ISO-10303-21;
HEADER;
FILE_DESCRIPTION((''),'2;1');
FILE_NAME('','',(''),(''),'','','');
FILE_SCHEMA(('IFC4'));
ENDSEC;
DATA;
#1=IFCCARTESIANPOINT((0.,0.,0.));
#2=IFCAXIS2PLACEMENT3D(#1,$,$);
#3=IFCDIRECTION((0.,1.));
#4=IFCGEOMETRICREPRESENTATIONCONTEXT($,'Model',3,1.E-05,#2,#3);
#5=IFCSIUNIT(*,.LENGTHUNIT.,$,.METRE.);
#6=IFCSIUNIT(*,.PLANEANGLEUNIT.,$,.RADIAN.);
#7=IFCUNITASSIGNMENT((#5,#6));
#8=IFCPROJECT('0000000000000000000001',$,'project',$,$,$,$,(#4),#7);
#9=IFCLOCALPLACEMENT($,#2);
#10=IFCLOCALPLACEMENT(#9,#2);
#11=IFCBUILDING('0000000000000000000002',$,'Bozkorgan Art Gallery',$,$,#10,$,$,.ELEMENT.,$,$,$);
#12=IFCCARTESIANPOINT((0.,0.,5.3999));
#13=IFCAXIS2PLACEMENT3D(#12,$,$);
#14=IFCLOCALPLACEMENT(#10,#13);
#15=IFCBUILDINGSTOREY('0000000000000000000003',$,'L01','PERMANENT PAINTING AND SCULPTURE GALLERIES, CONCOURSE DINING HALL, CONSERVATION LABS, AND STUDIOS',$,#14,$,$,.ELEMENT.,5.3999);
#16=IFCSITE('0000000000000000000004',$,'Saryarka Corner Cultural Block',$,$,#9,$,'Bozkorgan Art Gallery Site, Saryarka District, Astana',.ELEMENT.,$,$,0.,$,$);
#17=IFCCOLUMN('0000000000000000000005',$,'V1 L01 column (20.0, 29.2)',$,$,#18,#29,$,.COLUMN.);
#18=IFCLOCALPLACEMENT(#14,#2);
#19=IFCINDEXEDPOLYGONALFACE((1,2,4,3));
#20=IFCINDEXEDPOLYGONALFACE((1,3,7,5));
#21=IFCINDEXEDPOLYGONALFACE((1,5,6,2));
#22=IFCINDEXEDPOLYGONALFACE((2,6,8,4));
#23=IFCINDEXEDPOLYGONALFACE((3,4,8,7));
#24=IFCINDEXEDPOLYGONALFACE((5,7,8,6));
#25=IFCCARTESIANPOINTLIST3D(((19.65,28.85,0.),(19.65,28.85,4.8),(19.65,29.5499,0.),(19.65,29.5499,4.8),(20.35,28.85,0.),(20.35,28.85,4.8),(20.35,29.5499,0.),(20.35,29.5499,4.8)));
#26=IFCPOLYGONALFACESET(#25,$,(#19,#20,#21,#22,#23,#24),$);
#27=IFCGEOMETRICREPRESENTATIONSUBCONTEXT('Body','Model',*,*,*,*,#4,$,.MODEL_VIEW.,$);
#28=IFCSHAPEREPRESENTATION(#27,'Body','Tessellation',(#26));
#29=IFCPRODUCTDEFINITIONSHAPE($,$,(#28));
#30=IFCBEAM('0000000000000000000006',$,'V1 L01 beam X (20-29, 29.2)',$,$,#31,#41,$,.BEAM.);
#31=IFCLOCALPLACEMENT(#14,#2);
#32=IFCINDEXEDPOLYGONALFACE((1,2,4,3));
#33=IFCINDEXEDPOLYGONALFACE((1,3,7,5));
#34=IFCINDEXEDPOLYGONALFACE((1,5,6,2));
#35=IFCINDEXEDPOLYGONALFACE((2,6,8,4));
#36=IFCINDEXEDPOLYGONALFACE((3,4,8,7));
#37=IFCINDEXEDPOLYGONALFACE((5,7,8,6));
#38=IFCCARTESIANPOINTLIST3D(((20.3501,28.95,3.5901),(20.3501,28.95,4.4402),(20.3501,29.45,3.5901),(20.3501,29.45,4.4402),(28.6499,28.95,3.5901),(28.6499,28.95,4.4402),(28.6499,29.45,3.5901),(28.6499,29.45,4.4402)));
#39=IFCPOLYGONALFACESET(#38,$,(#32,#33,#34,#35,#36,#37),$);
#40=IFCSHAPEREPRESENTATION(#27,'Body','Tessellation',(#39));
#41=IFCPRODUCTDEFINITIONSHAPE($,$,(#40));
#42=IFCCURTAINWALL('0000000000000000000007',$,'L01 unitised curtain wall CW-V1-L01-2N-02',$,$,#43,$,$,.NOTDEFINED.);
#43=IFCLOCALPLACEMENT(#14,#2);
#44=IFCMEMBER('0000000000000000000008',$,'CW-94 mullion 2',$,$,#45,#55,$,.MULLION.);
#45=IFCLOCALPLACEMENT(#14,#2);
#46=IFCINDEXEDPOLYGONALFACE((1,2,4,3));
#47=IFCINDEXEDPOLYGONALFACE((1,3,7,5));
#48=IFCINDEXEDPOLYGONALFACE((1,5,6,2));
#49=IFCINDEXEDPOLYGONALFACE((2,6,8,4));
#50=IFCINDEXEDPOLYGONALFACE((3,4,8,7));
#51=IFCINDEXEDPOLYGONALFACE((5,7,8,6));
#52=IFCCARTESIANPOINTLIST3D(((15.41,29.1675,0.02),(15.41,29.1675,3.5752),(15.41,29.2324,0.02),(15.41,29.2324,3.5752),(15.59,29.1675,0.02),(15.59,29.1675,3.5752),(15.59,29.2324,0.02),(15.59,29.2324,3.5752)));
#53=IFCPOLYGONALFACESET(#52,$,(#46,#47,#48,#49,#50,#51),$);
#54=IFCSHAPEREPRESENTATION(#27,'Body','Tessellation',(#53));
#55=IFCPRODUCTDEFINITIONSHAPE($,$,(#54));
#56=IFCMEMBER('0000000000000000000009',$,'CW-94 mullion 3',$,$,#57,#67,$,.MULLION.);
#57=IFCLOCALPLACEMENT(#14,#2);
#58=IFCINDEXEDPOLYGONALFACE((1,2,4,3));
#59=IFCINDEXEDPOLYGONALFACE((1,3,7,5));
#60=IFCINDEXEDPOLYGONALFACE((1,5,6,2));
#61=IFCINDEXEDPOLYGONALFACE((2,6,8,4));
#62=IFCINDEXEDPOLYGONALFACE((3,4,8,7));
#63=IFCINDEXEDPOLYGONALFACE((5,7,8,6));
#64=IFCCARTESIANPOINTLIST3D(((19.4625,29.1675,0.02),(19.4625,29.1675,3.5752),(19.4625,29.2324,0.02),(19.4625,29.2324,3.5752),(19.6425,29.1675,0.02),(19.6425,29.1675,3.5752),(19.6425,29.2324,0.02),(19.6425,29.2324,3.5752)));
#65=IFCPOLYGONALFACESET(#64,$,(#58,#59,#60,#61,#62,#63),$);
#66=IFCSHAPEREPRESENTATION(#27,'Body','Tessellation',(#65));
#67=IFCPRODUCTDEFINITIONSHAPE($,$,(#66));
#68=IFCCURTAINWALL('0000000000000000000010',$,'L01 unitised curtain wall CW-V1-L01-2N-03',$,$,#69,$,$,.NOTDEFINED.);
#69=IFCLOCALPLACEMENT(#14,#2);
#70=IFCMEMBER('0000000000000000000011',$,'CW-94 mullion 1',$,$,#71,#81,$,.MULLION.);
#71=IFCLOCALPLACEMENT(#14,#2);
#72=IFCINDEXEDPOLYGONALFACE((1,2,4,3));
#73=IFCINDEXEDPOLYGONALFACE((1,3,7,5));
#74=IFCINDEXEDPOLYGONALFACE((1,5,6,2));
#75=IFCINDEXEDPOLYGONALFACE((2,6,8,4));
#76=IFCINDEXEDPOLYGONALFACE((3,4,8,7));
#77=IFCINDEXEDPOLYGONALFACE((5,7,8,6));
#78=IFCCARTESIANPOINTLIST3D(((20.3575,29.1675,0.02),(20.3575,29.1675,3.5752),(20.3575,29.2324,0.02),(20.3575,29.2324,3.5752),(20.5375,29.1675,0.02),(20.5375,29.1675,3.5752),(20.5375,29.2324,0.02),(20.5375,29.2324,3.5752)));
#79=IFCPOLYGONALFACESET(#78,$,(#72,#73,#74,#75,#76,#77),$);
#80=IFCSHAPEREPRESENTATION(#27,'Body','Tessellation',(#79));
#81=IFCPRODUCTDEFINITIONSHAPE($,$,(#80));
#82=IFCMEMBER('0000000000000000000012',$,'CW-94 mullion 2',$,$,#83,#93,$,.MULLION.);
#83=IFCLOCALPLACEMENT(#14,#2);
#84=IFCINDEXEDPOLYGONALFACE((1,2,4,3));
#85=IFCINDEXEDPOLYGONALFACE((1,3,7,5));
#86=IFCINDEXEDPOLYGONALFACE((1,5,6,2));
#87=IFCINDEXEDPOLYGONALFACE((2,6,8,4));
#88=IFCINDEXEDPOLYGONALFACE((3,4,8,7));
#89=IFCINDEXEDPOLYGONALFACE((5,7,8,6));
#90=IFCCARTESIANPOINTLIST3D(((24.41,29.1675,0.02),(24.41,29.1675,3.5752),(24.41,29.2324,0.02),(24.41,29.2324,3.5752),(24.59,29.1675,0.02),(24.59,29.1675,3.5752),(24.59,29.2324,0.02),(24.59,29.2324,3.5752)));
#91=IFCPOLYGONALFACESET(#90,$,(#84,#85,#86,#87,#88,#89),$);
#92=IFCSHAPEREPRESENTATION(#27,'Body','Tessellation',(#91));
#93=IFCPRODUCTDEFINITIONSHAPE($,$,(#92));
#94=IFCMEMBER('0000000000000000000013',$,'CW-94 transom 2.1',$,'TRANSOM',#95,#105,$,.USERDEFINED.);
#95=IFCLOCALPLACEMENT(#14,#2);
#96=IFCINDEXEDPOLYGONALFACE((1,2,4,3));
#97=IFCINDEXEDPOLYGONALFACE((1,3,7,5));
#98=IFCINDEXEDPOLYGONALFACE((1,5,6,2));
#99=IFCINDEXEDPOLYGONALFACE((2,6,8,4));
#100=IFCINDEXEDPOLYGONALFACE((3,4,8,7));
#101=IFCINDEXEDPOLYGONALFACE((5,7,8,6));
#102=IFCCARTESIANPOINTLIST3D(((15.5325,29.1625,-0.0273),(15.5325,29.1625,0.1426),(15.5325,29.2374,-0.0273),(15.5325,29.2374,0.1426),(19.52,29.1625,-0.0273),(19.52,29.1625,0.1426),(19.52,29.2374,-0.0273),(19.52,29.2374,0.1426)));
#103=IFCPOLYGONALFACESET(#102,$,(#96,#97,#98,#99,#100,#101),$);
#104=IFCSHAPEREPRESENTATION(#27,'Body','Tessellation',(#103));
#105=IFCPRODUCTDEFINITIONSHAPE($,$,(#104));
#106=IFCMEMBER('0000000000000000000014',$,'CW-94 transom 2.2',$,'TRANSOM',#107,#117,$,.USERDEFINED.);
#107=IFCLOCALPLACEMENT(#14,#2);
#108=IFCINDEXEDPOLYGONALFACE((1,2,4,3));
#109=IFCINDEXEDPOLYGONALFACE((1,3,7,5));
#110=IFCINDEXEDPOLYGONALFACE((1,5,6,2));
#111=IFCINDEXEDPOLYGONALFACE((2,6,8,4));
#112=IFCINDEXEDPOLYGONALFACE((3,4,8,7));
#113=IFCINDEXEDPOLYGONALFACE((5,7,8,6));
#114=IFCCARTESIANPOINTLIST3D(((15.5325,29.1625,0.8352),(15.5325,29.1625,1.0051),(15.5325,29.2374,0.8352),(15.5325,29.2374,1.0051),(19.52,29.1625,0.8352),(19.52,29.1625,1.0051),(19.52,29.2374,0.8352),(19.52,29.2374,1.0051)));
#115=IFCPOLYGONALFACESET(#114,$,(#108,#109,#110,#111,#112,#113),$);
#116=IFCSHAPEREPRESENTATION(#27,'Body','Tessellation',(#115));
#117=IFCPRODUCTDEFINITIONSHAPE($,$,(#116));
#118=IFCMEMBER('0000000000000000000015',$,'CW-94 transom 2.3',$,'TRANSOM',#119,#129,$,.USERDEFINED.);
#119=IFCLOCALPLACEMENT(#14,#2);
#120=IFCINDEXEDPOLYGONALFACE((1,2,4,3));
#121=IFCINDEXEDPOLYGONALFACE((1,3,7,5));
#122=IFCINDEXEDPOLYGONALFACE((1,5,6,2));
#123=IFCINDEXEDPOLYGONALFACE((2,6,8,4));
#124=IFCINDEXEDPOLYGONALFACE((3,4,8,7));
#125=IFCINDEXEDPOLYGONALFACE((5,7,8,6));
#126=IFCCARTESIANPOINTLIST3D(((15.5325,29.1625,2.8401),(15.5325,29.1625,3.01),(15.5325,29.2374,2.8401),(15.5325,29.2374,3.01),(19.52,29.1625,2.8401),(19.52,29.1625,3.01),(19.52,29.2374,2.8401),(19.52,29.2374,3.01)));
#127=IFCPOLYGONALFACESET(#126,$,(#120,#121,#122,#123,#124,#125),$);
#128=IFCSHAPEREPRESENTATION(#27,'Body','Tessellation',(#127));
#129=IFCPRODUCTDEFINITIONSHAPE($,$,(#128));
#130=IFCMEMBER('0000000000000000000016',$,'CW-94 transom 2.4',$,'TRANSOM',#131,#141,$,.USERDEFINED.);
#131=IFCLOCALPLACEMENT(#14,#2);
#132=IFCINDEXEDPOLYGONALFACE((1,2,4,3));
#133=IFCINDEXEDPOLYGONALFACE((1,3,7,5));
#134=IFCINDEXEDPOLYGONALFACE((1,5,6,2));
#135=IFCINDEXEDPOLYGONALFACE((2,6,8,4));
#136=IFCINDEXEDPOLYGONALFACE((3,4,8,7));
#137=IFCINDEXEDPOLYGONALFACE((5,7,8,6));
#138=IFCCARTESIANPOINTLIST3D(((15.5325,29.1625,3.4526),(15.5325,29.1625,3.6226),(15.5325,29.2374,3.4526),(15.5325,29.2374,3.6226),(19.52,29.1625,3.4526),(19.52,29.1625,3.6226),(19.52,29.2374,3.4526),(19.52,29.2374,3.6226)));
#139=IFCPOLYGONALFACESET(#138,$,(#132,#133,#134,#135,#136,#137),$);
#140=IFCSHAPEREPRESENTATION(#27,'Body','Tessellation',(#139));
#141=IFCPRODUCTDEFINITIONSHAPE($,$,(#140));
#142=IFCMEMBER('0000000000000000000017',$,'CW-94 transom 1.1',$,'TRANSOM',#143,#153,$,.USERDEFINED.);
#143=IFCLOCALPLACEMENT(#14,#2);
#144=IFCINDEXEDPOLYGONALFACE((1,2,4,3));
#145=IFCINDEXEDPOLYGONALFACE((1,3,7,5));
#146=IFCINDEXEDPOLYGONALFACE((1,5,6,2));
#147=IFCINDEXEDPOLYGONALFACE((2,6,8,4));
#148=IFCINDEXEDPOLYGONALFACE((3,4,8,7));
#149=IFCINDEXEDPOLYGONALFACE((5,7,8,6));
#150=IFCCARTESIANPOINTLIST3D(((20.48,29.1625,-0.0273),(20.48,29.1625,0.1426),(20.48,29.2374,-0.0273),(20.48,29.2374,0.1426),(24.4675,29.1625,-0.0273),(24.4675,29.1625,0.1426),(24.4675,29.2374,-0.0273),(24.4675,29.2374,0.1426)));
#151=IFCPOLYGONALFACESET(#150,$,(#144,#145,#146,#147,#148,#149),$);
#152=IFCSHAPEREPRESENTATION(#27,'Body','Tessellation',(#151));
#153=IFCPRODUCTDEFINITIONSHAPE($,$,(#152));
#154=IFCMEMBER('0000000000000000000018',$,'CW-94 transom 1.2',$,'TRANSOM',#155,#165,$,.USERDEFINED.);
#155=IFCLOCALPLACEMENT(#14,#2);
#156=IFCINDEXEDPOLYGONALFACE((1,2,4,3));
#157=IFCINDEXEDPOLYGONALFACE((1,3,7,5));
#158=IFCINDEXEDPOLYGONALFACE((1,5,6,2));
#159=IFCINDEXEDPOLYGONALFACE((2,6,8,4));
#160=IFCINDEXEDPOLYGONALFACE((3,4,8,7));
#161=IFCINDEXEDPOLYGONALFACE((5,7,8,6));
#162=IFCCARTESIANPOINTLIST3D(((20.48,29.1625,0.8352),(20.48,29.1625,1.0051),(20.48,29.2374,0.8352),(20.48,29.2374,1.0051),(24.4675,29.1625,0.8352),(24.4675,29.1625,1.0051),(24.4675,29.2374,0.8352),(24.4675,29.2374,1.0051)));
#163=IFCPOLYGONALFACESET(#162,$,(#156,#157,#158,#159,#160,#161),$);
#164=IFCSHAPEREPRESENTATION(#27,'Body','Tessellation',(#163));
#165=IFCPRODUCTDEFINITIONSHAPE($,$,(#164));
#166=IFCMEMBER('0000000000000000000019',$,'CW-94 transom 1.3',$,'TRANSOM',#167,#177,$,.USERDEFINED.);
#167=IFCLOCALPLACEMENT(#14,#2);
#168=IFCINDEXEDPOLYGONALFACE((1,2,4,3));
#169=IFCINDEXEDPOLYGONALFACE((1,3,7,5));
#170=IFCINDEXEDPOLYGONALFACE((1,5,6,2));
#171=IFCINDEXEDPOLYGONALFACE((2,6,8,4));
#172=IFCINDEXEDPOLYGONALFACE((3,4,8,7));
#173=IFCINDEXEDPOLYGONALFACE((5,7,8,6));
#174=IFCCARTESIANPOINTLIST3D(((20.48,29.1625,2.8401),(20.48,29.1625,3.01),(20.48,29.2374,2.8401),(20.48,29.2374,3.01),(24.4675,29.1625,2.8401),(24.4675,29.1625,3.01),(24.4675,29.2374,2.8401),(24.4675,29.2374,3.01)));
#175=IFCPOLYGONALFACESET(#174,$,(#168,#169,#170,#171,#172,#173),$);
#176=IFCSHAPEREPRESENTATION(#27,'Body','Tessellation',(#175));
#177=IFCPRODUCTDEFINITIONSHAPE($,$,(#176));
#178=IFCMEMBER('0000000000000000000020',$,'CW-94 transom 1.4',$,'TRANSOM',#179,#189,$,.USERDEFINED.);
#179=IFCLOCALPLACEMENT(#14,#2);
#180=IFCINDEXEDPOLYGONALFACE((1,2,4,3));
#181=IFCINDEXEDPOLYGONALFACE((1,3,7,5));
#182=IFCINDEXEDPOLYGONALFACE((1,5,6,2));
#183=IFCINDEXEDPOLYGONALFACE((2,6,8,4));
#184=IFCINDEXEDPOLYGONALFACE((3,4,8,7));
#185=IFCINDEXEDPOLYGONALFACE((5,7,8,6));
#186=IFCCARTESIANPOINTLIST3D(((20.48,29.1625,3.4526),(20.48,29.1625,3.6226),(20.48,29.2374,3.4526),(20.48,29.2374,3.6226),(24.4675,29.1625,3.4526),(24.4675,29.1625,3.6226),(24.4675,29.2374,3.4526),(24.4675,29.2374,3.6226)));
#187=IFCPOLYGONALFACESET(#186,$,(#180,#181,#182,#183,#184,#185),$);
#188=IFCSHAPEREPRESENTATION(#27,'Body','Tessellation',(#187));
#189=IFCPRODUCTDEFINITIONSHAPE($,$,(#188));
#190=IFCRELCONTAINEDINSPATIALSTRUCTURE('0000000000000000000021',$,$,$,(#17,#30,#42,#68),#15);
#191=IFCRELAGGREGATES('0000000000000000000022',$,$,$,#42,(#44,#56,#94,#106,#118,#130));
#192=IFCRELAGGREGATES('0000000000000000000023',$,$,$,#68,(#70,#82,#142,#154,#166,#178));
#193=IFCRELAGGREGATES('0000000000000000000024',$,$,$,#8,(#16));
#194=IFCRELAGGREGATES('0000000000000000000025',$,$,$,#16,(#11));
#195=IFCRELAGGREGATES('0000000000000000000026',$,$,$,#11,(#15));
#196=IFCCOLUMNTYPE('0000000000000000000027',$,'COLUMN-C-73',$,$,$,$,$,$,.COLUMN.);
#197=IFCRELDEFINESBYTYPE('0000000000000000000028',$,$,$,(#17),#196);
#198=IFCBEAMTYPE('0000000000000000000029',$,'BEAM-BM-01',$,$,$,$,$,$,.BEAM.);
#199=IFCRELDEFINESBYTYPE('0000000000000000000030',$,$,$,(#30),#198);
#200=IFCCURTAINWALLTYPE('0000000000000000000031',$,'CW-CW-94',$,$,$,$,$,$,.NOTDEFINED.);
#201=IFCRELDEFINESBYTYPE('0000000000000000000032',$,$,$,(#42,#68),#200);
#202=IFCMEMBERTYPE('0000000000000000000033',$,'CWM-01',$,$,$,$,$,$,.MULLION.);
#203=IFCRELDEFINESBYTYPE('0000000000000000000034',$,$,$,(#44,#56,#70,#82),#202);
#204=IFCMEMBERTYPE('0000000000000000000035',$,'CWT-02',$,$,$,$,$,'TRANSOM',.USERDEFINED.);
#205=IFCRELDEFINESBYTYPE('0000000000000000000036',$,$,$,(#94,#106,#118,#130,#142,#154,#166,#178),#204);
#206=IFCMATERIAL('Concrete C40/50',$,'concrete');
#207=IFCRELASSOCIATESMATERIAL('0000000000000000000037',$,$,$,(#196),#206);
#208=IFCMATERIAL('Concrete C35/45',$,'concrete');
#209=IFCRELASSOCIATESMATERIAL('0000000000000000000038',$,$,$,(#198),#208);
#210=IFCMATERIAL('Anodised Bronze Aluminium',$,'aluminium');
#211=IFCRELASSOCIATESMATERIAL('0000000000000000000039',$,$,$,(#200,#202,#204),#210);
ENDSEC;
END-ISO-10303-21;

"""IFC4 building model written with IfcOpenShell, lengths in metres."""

from ifc_helpers import new_model, si_unit, direction, frame, origin, origin_2d, place, context, subcontext, project, spatial, rectangle, extrude, material, material_profile, profile_set, type_object, element, aggregate, save


model = new_model("IFC4")

# Units and contexts
model_context = context("Model", 3, precision=1e-05, world=origin(), true_north=direction((0.0, 1.0)))
body_context = subcontext(model_context, "Body", "Model", "MODEL_VIEW")
ifc_project = project(units=[si_unit("LENGTHUNIT", "METRE"), si_unit("PLANEANGLEUNIT", "RADIAN")], contexts=[model_context])

# Site, building, storey
site_placement = place(None, origin())
site = spatial("IfcSite", under=ifc_project, at=site_placement, Name="Saryarka Corner Cultural Block", LongName="Bozkorgan Art Gallery Site, Saryarka District, Astana", CompositionType="ELEMENT", RefElevation=0.0)
building_placement = place(site_placement, origin())
building = spatial("IfcBuilding", under=site, at=building_placement, Name="Bozkorgan Art Gallery", CompositionType="ELEMENT")
storey_placement = place(building_placement, frame((0.0, 0.0, 5.3999)))
storey = spatial("IfcBuildingStorey", under=building, at=storey_placement, Name="L01", Description="PERMANENT PAINTING AND SCULPTURE GALLERIES, CONCOURSE DINING HALL, CONSERVATION LABS, AND STUDIOS", CompositionType="ELEMENT", Elevation=5.3999)

# Column
ifc_material_1 = material(Name="Concrete C40/50", Category="concrete")
ifc_material_profile_1 = material_profile(ifc_material_1, rectangle(XDim=0.7, YDim=0.7, at=origin_2d()), Name="RC 700x700")
ifc_profile_set_1 = profile_set([ifc_material_profile_1], Name="Concrete C40/50")
column_type = type_object("IfcColumnType", Name="COLUMN-C-73", PredefinedType="COLUMN", material=ifc_profile_set_1)
column_placement = place(storey_placement, frame((20.0, 29.2, 0.0), z_axis=(0.0, 0.0, 1.0), x_axis=(1.0, 0.0, 0.0)))
element("IfcColumn", 1, at=column_placement, inside=storey, type_object=column_type, Name="V1 L01 column (20.0, 29.2)", PredefinedType="COLUMN", context=body_context, shape_type="SweptSolid", body=[
    extrude(rectangle(XDim=0.7, YDim=0.7, at=origin_2d()), origin(), (0.0, 0.0, 1.0), 4.8),
])

# Beam
ifc_material_2 = material(Name="Concrete C35/45", Category="concrete")
ifc_material_profile_2 = material_profile(ifc_material_2, rectangle(XDim=0.5, YDim=0.8501, at=origin_2d()), Name="RC 500x850")
ifc_profile_set_2 = profile_set([ifc_material_profile_2], Name="Concrete C35/45")
beam_type = type_object("IfcBeamType", Name="BEAM-BM-01", PredefinedType="BEAM", material=ifc_profile_set_2)
beam_placement = place(storey_placement, frame((20.3501, 29.2, 4.0151), z_axis=(1.0, 0.0, 0.0), x_axis=(0.0, 1.0, 0.0)))
element("IfcBeam", 2, at=beam_placement, inside=storey, type_object=beam_type, Name="V1 L01 beam X (20-29, 29.2)", PredefinedType="BEAM", context=body_context, shape_type="SweptSolid", body=[
    extrude(rectangle(XDim=0.5, YDim=0.8501, at=origin_2d()), origin(), (0.0, 0.0, 1.0), 8.2998),
])

# Curtain walls, members
ifc_material_3 = material(Name="Anodised Bronze Aluminium", Category="aluminium")
curtain_wall_type = type_object("IfcCurtainWallType", Name="CW-CW-94", PredefinedType="NOTDEFINED", material=ifc_material_3)
curtain_wall_1_placement = place(storey_placement, origin())
curtain_wall_1 = element("IfcCurtainWall", 3, at=curtain_wall_1_placement, inside=storey, type_object=curtain_wall_type, Name="L01 unitised curtain wall CW-V1-L01-2N-02", PredefinedType="NOTDEFINED")
ifc_material_profile_3 = material_profile(ifc_material_3, rectangle(XDim=0.0649, YDim=0.1799, at=origin_2d()), Name="ALU MULLION 65x180")
ifc_profile_set_3 = profile_set([ifc_material_profile_3], Name="Anodised Bronze Aluminium")
member_type_1 = type_object("IfcMemberType", Name="CWM-01", PredefinedType="MULLION", material=ifc_profile_set_3)
member_1_placement = place(storey_placement, frame((15.5, 29.2, 0.02), z_axis=(0.0, 0.0, 1.0), x_axis=(0.0, 1.0, 0.0)))
member_1 = element("IfcMember", 4, at=member_1_placement, type_object=member_type_1, Name="CW-94 mullion 2", PredefinedType="MULLION", context=body_context, shape_type="SweptSolid", body=[
    extrude(rectangle(XDim=0.0649, YDim=0.1799, at=origin_2d()), origin(), (0.0, 0.0, 1.0), 3.5552),
])
member_2_placement = place(storey_placement, frame((19.5525, 29.2, 0.02), z_axis=(0.0, 0.0, 1.0), x_axis=(0.0, 1.0, 0.0)))
member_2 = element("IfcMember", 5, at=member_2_placement, type_object=member_type_1, Name="CW-94 mullion 3", PredefinedType="MULLION", context=body_context, shape_type="SweptSolid", body=[
    extrude(rectangle(XDim=0.0649, YDim=0.1799, at=origin_2d()), origin(), (0.0, 0.0, 1.0), 3.5552),
])
curtain_wall_2_placement = place(storey_placement, origin())
curtain_wall_2 = element("IfcCurtainWall", 6, at=curtain_wall_2_placement, inside=storey, type_object=curtain_wall_type, Name="L01 unitised curtain wall CW-V1-L01-2N-03", PredefinedType="NOTDEFINED")
member_3_placement = place(storey_placement, frame((20.4475, 29.2, 0.02), z_axis=(0.0, 0.0, 1.0), x_axis=(0.0, 1.0, 0.0)))
member_3 = element("IfcMember", 7, at=member_3_placement, type_object=member_type_1, Name="CW-94 mullion 1", PredefinedType="MULLION", context=body_context, shape_type="SweptSolid", body=[
    extrude(rectangle(XDim=0.0649, YDim=0.1799, at=origin_2d()), origin(), (0.0, 0.0, 1.0), 3.5552),
])
member_4_placement = place(storey_placement, frame((24.5, 29.2, 0.02), z_axis=(0.0, 0.0, 1.0), x_axis=(0.0, 1.0, 0.0)))
member_4 = element("IfcMember", 8, at=member_4_placement, type_object=member_type_1, Name="CW-94 mullion 2", PredefinedType="MULLION", context=body_context, shape_type="SweptSolid", body=[
    extrude(rectangle(XDim=0.0649, YDim=0.1799, at=origin_2d()), origin(), (0.0, 0.0, 1.0), 3.5552),
])

# Members
ifc_material_profile_4 = material_profile(ifc_material_3, rectangle(XDim=0.075, YDim=0.1699, at=origin_2d()), Name="ALU TRANSOM 75x170")
ifc_profile_set_4 = profile_set([ifc_material_profile_4], Name="Anodised Bronze Aluminium")
member_type_2 = type_object("IfcMemberType", Name="CWT-02", ElementType="TRANSOM", PredefinedType="USERDEFINED", material=ifc_profile_set_4)
member_5_placement = place(storey_placement, frame((15.5325, 29.2, 0.0576), z_axis=(1.0, 0.0, 0.0), x_axis=(0.0, 1.0, 0.0)))
member_5 = element("IfcMember", 9, at=member_5_placement, type_object=member_type_2, Name="CW-94 transom 2.1", ObjectType="TRANSOM", PredefinedType="USERDEFINED", context=body_context, shape_type="SweptSolid", body=[
    extrude(rectangle(XDim=0.075, YDim=0.1699, at=origin_2d()), origin(), (0.0, 0.0, 1.0), 3.9875),
])
member_6_placement = place(storey_placement, frame((15.5325, 29.2, 0.9202), z_axis=(1.0, 0.0, 0.0), x_axis=(0.0, 1.0, 0.0)))
member_6 = element("IfcMember", 10, at=member_6_placement, type_object=member_type_2, Name="CW-94 transom 2.2", ObjectType="TRANSOM", PredefinedType="USERDEFINED", context=body_context, shape_type="SweptSolid", body=[
    extrude(rectangle(XDim=0.075, YDim=0.1699, at=origin_2d()), origin(), (0.0, 0.0, 1.0), 3.9875),
])
member_7_placement = place(storey_placement, frame((15.5325, 29.2, 2.925), z_axis=(1.0, 0.0, 0.0), x_axis=(0.0, 1.0, 0.0)))
member_7 = element("IfcMember", 11, at=member_7_placement, type_object=member_type_2, Name="CW-94 transom 2.3", ObjectType="TRANSOM", PredefinedType="USERDEFINED", context=body_context, shape_type="SweptSolid", body=[
    extrude(rectangle(XDim=0.075, YDim=0.1699, at=origin_2d()), origin(), (0.0, 0.0, 1.0), 3.9875),
])
member_8_placement = place(storey_placement, frame((15.5325, 29.2, 3.5376), z_axis=(1.0, 0.0, 0.0), x_axis=(0.0, 1.0, 0.0)))
member_8 = element("IfcMember", 12, at=member_8_placement, type_object=member_type_2, Name="CW-94 transom 2.4", ObjectType="TRANSOM", PredefinedType="USERDEFINED", context=body_context, shape_type="SweptSolid", body=[
    extrude(rectangle(XDim=0.075, YDim=0.1699, at=origin_2d()), origin(), (0.0, 0.0, 1.0), 3.9875),
])
member_9_placement = place(storey_placement, frame((20.48, 29.2, 0.0576), z_axis=(1.0, 0.0, 0.0), x_axis=(0.0, 1.0, 0.0)))
member_9 = element("IfcMember", 13, at=member_9_placement, type_object=member_type_2, Name="CW-94 transom 1.1", ObjectType="TRANSOM", PredefinedType="USERDEFINED", context=body_context, shape_type="SweptSolid", body=[
    extrude(rectangle(XDim=0.075, YDim=0.1699, at=origin_2d()), origin(), (0.0, 0.0, 1.0), 3.9875),
])
member_10_placement = place(storey_placement, frame((20.48, 29.2, 0.9202), z_axis=(1.0, 0.0, 0.0), x_axis=(0.0, 1.0, 0.0)))
member_10 = element("IfcMember", 14, at=member_10_placement, type_object=member_type_2, Name="CW-94 transom 1.2", ObjectType="TRANSOM", PredefinedType="USERDEFINED", context=body_context, shape_type="SweptSolid", body=[
    extrude(rectangle(XDim=0.075, YDim=0.1699, at=origin_2d()), origin(), (0.0, 0.0, 1.0), 3.9875),
])
member_11_placement = place(storey_placement, frame((20.48, 29.2, 2.925), z_axis=(1.0, 0.0, 0.0), x_axis=(0.0, 1.0, 0.0)))
member_11 = element("IfcMember", 15, at=member_11_placement, type_object=member_type_2, Name="CW-94 transom 1.3", ObjectType="TRANSOM", PredefinedType="USERDEFINED", context=body_context, shape_type="SweptSolid", body=[
    extrude(rectangle(XDim=0.075, YDim=0.1699, at=origin_2d()), origin(), (0.0, 0.0, 1.0), 3.9875),
])
member_12_placement = place(storey_placement, frame((20.48, 29.2, 3.5376), z_axis=(1.0, 0.0, 0.0), x_axis=(0.0, 1.0, 0.0)))
member_12 = element("IfcMember", 16, at=member_12_placement, type_object=member_type_2, Name="CW-94 transom 1.4", ObjectType="TRANSOM", PredefinedType="USERDEFINED", context=body_context, shape_type="SweptSolid", body=[
    extrude(rectangle(XDim=0.075, YDim=0.1699, at=origin_2d()), origin(), (0.0, 0.0, 1.0), 3.9875),
])

aggregate(curtain_wall_1, [member_1, member_2, member_5, member_6, member_7, member_8])
aggregate(curtain_wall_2, [member_3, member_4, member_9, member_10, member_11, member_12])

save(model, "model.ifc")
